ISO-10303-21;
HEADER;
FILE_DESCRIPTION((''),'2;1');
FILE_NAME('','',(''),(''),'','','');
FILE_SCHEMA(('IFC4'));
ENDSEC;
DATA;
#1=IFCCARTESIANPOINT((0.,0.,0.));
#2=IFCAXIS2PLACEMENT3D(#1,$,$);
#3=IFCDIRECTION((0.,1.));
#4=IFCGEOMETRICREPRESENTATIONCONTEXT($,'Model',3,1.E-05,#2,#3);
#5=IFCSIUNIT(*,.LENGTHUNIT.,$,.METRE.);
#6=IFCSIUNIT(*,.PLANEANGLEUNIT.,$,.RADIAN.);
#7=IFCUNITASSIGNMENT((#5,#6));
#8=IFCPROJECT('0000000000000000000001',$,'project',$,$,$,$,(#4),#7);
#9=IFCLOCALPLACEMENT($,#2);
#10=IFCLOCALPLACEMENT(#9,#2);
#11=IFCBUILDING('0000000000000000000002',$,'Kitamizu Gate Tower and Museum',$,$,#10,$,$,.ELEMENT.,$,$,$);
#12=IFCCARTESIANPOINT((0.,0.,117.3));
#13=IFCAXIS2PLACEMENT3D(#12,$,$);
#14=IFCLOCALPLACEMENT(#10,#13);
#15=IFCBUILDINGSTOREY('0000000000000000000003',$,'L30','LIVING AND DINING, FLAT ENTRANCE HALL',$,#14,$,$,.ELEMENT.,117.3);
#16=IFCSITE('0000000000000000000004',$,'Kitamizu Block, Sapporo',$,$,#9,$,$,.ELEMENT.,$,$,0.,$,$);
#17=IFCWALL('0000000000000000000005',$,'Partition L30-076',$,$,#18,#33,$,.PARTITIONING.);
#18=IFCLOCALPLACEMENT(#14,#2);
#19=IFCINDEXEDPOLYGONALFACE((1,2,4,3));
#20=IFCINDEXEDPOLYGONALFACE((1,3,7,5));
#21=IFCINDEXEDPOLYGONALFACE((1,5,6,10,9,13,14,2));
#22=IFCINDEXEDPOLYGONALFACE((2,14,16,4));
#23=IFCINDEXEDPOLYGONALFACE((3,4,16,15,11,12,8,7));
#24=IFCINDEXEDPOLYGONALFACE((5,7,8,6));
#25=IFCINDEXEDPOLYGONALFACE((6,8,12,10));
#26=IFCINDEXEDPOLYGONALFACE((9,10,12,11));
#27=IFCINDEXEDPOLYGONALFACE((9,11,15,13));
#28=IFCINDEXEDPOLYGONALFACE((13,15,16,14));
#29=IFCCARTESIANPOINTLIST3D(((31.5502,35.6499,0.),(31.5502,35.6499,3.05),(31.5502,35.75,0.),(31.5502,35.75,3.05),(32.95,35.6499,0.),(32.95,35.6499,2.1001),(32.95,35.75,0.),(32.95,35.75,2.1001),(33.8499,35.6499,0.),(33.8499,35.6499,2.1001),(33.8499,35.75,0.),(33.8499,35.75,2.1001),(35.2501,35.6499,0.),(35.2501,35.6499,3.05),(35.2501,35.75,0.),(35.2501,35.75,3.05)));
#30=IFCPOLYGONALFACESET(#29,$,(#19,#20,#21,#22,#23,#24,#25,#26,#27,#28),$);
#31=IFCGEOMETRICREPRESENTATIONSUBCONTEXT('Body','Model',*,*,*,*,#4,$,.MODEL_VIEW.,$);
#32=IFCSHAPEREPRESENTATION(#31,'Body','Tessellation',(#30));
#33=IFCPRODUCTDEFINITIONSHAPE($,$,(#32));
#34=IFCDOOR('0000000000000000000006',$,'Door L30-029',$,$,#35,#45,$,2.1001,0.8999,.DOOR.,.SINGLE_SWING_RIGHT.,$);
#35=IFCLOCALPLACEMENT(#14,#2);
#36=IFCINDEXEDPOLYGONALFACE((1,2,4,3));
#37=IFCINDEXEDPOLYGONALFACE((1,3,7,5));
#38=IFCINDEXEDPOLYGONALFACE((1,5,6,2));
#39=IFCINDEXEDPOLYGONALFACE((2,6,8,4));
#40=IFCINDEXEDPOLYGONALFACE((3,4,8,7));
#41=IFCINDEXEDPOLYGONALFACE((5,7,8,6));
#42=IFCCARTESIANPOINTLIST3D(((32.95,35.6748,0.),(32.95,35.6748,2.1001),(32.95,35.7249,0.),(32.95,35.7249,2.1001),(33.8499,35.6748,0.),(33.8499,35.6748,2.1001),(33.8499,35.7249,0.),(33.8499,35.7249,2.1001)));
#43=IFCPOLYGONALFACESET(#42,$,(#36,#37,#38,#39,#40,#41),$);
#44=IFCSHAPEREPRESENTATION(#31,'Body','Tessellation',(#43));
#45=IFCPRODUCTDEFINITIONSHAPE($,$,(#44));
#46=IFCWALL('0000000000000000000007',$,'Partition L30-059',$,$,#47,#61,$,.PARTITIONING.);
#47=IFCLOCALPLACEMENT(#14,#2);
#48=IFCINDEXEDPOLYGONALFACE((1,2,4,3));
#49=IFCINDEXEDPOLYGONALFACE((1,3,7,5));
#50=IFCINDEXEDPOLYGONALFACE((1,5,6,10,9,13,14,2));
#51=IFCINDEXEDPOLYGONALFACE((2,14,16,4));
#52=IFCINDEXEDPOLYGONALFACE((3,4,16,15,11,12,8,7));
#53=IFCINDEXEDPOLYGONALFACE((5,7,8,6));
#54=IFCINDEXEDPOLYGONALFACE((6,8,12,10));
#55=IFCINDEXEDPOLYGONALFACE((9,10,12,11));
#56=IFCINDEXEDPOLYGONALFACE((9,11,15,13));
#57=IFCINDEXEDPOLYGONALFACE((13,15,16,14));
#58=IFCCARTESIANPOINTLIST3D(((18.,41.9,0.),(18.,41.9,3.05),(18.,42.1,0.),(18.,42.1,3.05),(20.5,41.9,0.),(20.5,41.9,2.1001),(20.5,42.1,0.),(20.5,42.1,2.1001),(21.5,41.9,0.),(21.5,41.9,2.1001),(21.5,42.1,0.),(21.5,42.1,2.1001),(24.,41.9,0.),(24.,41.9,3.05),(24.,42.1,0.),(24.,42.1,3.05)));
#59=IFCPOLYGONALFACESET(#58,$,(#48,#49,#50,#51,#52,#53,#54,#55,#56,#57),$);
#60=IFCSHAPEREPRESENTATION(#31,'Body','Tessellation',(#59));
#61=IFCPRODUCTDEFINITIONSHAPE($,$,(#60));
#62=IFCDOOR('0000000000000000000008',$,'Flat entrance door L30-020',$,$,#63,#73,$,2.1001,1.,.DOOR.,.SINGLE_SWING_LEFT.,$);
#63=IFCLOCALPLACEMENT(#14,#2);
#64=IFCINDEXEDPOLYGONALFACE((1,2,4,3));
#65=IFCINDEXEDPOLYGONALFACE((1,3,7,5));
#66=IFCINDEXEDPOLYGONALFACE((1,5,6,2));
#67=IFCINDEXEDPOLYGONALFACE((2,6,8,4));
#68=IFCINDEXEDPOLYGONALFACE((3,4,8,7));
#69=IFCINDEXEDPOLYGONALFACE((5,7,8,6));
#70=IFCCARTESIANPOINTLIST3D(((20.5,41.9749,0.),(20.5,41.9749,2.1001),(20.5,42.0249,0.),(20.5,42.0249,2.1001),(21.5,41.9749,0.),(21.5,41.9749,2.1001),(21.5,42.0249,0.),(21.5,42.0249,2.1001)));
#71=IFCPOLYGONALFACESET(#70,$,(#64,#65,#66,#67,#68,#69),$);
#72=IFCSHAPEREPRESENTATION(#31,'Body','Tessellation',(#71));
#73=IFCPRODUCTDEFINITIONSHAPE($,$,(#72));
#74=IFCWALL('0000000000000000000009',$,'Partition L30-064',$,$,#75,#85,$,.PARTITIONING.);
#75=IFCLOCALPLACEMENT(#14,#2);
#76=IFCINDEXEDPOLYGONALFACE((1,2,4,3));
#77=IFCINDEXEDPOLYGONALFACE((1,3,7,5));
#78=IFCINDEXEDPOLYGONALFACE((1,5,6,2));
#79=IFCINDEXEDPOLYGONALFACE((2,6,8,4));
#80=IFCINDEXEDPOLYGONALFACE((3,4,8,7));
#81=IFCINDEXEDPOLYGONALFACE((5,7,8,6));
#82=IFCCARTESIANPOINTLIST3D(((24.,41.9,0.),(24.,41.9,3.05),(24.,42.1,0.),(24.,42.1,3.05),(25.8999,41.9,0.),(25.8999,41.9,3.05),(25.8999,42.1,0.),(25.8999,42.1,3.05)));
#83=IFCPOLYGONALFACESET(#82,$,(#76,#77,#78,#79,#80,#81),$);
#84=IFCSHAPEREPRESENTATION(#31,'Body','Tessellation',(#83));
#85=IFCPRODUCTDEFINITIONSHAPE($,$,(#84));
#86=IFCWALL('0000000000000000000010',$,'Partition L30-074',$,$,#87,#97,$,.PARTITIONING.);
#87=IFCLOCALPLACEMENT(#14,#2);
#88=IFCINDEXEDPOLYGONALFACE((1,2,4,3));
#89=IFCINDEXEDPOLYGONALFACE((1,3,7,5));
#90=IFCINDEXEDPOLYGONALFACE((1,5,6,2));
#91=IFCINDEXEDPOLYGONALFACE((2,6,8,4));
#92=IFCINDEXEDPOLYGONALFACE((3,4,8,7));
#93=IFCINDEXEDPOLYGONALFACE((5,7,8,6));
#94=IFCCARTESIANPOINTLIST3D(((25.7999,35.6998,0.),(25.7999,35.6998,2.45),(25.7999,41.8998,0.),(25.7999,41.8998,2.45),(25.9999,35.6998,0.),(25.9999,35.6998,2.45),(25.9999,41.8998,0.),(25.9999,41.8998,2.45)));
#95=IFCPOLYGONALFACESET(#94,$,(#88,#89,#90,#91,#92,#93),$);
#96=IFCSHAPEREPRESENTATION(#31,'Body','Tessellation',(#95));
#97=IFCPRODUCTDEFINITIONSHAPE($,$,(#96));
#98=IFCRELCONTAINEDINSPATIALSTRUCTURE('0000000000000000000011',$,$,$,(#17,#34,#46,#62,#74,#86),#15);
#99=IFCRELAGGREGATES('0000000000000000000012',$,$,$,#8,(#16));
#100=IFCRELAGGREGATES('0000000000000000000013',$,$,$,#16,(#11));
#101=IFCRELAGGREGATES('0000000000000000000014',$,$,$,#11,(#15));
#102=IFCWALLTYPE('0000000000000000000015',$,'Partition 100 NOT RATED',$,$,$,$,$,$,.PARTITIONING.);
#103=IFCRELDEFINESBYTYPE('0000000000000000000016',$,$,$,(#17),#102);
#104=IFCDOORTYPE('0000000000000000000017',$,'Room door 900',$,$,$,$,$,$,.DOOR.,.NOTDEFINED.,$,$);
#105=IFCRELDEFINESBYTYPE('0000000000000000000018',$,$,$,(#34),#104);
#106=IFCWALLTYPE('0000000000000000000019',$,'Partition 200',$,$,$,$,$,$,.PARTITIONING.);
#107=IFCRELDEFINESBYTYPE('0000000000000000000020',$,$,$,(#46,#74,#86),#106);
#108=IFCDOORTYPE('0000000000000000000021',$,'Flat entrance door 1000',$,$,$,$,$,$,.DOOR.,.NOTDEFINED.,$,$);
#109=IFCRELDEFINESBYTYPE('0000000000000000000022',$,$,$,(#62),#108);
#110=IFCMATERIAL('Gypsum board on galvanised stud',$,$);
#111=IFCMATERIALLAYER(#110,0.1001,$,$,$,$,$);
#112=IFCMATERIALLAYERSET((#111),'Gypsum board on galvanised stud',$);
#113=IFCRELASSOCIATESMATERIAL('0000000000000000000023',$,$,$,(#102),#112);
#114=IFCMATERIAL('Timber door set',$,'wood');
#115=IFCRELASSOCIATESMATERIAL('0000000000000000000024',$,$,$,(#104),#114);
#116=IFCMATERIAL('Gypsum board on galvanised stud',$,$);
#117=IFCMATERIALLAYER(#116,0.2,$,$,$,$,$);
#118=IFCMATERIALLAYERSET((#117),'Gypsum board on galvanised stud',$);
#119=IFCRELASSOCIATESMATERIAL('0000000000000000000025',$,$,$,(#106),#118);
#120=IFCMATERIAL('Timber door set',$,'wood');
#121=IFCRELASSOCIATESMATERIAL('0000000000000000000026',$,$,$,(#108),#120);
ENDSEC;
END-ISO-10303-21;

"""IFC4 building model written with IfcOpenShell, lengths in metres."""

from ifc_helpers import new_model, si_unit, direction, frame, frame_2d, origin, place, context, subcontext, project, spatial, rectangle, extrude, material, layer, layer_set, type_object, element, fill, save


model = new_model("IFC4")

# Units and contexts
model_context = context("Model", 3, precision=1e-05, world=origin(), true_north=direction((0.0, 1.0)))
body_context = subcontext(model_context, "Body", "Model", "MODEL_VIEW")
ifc_project = project(units=[si_unit("LENGTHUNIT", "METRE"), si_unit("PLANEANGLEUNIT", "RADIAN")], contexts=[model_context])

# Site, building, storey
site_placement = place(None, origin())
site = spatial("IfcSite", under=ifc_project, at=site_placement, Name="Kitamizu Block, Sapporo", CompositionType="ELEMENT", RefElevation=0.0)
building_placement = place(site_placement, origin())
building = spatial("IfcBuilding", under=site, at=building_placement, Name="Kitamizu Gate Tower and Museum", CompositionType="ELEMENT")
storey_placement = place(building_placement, frame((0.0, 0.0, 117.3)))
storey = spatial("IfcBuildingStorey", under=building, at=storey_placement, Name="L30", Description="LIVING AND DINING, FLAT ENTRANCE HALL", CompositionType="ELEMENT", Elevation=117.3)

# Shared definitions
ifc_material_1 = material(Name="Gypsum board on galvanised stud")
ifc_layer_1 = layer(ifc_material_1, 0.1001)
ifc_layer_set_1 = layer_set([ifc_layer_1], Name="Gypsum board on galvanised stud")
wall_type_1 = type_object("IfcWallType", Name="Partition 100 NOT RATED", PredefinedType="PARTITIONING", material=ifc_layer_set_1)
ifc_material_2 = material(Name="Timber door set", Category="wood")
door_type_1 = type_object("IfcDoorType", Name="Room door 900", OperationType="NOTDEFINED", PredefinedType="DOOR", material=ifc_material_2)

# Walls, openings, doors
wall_1_placement = place(storey_placement, frame((31.55, 35.7, 0.0), z_axis=(0.0, 0.0, 1.0), x_axis=(1.0, 0.0, 0.0)))
wall_1 = element("IfcWall", 1, at=wall_1_placement, inside=storey, type_object=wall_type_1, Name="Partition L30-076", PredefinedType="PARTITIONING", context=body_context, shape_type="SweptSolid", body=[
    extrude(rectangle(XDim=3.7, YDim=0.1001, at=frame_2d((1.8501, 0.0))), origin(), (0.0, 0.0, 1.0), 3.05),
])
opening_1_placement = place(wall_1_placement, frame((1.3999, 0.0, 0.0)))
opening_1 = element("IfcOpeningElement", 2, at=opening_1_placement, cuts=wall_1, PredefinedType="OPENING", context=body_context, shape_type="SweptSolid", body=[
    extrude(rectangle(XDim=0.8999, YDim=2.1001, at=frame_2d((0.45, 1.05))), frame((0.0, 0.0601, 0.0), z_axis=(0.0, -1.0, 0.0), x_axis=(1.0, 0.0, 0.0)), (0.0, 0.0, 1.0), 0.1201),
])
door_1_placement = place(opening_1_placement, origin())
door_1 = element("IfcDoor", 3, at=door_1_placement, inside=storey, type_object=door_type_1, Name="Door L30-029", OperationType="SINGLE_SWING_RIGHT", OverallHeight=2.1001, OverallWidth=0.8999, PredefinedType="DOOR", context=body_context, shape_type="SweptSolid", body=[
    extrude(rectangle(XDim=0.8999, YDim=2.1001, at=frame_2d((0.45, 1.05))), frame((0.0, 0.0249, 0.0), z_axis=(0.0, -1.0, 0.0), x_axis=(1.0, 0.0, 0.0)), (0.0, 0.0, 1.0), 0.05),
])
fill(opening_1, door_1)
ifc_material_3 = material(Name="Gypsum board on galvanised stud")
ifc_layer_2 = layer(ifc_material_3, 0.2)
ifc_layer_set_2 = layer_set([ifc_layer_2], Name="Gypsum board on galvanised stud")
wall_type_2 = type_object("IfcWallType", Name="Partition 200", PredefinedType="PARTITIONING", material=ifc_layer_set_2)
wall_2_placement = place(storey_placement, frame((18.0, 42.0, 0.0), z_axis=(0.0, 0.0, 1.0), x_axis=(1.0, 0.0, 0.0)))
wall_2 = element("IfcWall", 4, at=wall_2_placement, inside=storey, type_object=wall_type_2, Name="Partition L30-059", PredefinedType="PARTITIONING", context=body_context, shape_type="SweptSolid", body=[
    extrude(rectangle(XDim=6.0, YDim=0.2, at=frame_2d((3.0, 0.0))), origin(), (0.0, 0.0, 1.0), 3.05),
])
opening_2_placement = place(wall_2_placement, frame((2.5, 0.0, 0.0)))
opening_2 = element("IfcOpeningElement", 5, at=opening_2_placement, cuts=wall_2, PredefinedType="OPENING", context=body_context, shape_type="SweptSolid", body=[
    extrude(rectangle(XDim=1.0, YDim=2.1001, at=frame_2d((0.5, 1.05))), frame((0.0, 0.1099, 0.0), z_axis=(0.0, -1.0, 0.0), x_axis=(1.0, 0.0, 0.0)), (0.0, 0.0, 1.0), 0.22),
])
ifc_material_4 = material(Name="Timber door set", Category="wood")
door_type_2 = type_object("IfcDoorType", Name="Flat entrance door 1000", OperationType="NOTDEFINED", PredefinedType="DOOR", material=ifc_material_4)
door_2_placement = place(opening_2_placement, origin())
door_2 = element("IfcDoor", 6, at=door_2_placement, inside=storey, type_object=door_type_2, Name="Flat entrance door L30-020", OperationType="SINGLE_SWING_LEFT", OverallHeight=2.1001, OverallWidth=1.0, PredefinedType="DOOR", context=body_context, shape_type="SweptSolid", body=[
    extrude(rectangle(XDim=1.0, YDim=2.1001, at=frame_2d((0.5, 1.05))), frame((0.0, 0.0249, 0.0), z_axis=(0.0, -1.0, 0.0), x_axis=(1.0, 0.0, 0.0)), (0.0, 0.0, 1.0), 0.05),
])
fill(opening_2, door_2)

# Walls
wall_3_placement = place(storey_placement, frame((24.0, 42.0, 0.0), z_axis=(0.0, 0.0, 1.0), x_axis=(1.0, 0.0, 0.0)))
element("IfcWall", 7, at=wall_3_placement, inside=storey, type_object=wall_type_2, Name="Partition L30-064", PredefinedType="PARTITIONING", context=body_context, shape_type="SweptSolid", body=[
    extrude(rectangle(XDim=1.8999, YDim=0.2, at=frame_2d((0.95, 0.0))), origin(), (0.0, 0.0, 1.0), 3.05),
])
wall_4_placement = place(storey_placement, frame((25.8999, 41.8999, 0.0), z_axis=(0.0, 0.0, 1.0), x_axis=(0.0, -1.0, 0.0)))
element("IfcWall", 8, at=wall_4_placement, inside=storey, type_object=wall_type_2, Name="Partition L30-074", PredefinedType="PARTITIONING", context=body_context, shape_type="SweptSolid", body=[
    extrude(rectangle(XDim=6.2, YDim=0.2, at=frame_2d((3.1001, 0.0))), origin(), (0.0, 0.0, 1.0), 2.45),
])

save(model, "model.ifc")
